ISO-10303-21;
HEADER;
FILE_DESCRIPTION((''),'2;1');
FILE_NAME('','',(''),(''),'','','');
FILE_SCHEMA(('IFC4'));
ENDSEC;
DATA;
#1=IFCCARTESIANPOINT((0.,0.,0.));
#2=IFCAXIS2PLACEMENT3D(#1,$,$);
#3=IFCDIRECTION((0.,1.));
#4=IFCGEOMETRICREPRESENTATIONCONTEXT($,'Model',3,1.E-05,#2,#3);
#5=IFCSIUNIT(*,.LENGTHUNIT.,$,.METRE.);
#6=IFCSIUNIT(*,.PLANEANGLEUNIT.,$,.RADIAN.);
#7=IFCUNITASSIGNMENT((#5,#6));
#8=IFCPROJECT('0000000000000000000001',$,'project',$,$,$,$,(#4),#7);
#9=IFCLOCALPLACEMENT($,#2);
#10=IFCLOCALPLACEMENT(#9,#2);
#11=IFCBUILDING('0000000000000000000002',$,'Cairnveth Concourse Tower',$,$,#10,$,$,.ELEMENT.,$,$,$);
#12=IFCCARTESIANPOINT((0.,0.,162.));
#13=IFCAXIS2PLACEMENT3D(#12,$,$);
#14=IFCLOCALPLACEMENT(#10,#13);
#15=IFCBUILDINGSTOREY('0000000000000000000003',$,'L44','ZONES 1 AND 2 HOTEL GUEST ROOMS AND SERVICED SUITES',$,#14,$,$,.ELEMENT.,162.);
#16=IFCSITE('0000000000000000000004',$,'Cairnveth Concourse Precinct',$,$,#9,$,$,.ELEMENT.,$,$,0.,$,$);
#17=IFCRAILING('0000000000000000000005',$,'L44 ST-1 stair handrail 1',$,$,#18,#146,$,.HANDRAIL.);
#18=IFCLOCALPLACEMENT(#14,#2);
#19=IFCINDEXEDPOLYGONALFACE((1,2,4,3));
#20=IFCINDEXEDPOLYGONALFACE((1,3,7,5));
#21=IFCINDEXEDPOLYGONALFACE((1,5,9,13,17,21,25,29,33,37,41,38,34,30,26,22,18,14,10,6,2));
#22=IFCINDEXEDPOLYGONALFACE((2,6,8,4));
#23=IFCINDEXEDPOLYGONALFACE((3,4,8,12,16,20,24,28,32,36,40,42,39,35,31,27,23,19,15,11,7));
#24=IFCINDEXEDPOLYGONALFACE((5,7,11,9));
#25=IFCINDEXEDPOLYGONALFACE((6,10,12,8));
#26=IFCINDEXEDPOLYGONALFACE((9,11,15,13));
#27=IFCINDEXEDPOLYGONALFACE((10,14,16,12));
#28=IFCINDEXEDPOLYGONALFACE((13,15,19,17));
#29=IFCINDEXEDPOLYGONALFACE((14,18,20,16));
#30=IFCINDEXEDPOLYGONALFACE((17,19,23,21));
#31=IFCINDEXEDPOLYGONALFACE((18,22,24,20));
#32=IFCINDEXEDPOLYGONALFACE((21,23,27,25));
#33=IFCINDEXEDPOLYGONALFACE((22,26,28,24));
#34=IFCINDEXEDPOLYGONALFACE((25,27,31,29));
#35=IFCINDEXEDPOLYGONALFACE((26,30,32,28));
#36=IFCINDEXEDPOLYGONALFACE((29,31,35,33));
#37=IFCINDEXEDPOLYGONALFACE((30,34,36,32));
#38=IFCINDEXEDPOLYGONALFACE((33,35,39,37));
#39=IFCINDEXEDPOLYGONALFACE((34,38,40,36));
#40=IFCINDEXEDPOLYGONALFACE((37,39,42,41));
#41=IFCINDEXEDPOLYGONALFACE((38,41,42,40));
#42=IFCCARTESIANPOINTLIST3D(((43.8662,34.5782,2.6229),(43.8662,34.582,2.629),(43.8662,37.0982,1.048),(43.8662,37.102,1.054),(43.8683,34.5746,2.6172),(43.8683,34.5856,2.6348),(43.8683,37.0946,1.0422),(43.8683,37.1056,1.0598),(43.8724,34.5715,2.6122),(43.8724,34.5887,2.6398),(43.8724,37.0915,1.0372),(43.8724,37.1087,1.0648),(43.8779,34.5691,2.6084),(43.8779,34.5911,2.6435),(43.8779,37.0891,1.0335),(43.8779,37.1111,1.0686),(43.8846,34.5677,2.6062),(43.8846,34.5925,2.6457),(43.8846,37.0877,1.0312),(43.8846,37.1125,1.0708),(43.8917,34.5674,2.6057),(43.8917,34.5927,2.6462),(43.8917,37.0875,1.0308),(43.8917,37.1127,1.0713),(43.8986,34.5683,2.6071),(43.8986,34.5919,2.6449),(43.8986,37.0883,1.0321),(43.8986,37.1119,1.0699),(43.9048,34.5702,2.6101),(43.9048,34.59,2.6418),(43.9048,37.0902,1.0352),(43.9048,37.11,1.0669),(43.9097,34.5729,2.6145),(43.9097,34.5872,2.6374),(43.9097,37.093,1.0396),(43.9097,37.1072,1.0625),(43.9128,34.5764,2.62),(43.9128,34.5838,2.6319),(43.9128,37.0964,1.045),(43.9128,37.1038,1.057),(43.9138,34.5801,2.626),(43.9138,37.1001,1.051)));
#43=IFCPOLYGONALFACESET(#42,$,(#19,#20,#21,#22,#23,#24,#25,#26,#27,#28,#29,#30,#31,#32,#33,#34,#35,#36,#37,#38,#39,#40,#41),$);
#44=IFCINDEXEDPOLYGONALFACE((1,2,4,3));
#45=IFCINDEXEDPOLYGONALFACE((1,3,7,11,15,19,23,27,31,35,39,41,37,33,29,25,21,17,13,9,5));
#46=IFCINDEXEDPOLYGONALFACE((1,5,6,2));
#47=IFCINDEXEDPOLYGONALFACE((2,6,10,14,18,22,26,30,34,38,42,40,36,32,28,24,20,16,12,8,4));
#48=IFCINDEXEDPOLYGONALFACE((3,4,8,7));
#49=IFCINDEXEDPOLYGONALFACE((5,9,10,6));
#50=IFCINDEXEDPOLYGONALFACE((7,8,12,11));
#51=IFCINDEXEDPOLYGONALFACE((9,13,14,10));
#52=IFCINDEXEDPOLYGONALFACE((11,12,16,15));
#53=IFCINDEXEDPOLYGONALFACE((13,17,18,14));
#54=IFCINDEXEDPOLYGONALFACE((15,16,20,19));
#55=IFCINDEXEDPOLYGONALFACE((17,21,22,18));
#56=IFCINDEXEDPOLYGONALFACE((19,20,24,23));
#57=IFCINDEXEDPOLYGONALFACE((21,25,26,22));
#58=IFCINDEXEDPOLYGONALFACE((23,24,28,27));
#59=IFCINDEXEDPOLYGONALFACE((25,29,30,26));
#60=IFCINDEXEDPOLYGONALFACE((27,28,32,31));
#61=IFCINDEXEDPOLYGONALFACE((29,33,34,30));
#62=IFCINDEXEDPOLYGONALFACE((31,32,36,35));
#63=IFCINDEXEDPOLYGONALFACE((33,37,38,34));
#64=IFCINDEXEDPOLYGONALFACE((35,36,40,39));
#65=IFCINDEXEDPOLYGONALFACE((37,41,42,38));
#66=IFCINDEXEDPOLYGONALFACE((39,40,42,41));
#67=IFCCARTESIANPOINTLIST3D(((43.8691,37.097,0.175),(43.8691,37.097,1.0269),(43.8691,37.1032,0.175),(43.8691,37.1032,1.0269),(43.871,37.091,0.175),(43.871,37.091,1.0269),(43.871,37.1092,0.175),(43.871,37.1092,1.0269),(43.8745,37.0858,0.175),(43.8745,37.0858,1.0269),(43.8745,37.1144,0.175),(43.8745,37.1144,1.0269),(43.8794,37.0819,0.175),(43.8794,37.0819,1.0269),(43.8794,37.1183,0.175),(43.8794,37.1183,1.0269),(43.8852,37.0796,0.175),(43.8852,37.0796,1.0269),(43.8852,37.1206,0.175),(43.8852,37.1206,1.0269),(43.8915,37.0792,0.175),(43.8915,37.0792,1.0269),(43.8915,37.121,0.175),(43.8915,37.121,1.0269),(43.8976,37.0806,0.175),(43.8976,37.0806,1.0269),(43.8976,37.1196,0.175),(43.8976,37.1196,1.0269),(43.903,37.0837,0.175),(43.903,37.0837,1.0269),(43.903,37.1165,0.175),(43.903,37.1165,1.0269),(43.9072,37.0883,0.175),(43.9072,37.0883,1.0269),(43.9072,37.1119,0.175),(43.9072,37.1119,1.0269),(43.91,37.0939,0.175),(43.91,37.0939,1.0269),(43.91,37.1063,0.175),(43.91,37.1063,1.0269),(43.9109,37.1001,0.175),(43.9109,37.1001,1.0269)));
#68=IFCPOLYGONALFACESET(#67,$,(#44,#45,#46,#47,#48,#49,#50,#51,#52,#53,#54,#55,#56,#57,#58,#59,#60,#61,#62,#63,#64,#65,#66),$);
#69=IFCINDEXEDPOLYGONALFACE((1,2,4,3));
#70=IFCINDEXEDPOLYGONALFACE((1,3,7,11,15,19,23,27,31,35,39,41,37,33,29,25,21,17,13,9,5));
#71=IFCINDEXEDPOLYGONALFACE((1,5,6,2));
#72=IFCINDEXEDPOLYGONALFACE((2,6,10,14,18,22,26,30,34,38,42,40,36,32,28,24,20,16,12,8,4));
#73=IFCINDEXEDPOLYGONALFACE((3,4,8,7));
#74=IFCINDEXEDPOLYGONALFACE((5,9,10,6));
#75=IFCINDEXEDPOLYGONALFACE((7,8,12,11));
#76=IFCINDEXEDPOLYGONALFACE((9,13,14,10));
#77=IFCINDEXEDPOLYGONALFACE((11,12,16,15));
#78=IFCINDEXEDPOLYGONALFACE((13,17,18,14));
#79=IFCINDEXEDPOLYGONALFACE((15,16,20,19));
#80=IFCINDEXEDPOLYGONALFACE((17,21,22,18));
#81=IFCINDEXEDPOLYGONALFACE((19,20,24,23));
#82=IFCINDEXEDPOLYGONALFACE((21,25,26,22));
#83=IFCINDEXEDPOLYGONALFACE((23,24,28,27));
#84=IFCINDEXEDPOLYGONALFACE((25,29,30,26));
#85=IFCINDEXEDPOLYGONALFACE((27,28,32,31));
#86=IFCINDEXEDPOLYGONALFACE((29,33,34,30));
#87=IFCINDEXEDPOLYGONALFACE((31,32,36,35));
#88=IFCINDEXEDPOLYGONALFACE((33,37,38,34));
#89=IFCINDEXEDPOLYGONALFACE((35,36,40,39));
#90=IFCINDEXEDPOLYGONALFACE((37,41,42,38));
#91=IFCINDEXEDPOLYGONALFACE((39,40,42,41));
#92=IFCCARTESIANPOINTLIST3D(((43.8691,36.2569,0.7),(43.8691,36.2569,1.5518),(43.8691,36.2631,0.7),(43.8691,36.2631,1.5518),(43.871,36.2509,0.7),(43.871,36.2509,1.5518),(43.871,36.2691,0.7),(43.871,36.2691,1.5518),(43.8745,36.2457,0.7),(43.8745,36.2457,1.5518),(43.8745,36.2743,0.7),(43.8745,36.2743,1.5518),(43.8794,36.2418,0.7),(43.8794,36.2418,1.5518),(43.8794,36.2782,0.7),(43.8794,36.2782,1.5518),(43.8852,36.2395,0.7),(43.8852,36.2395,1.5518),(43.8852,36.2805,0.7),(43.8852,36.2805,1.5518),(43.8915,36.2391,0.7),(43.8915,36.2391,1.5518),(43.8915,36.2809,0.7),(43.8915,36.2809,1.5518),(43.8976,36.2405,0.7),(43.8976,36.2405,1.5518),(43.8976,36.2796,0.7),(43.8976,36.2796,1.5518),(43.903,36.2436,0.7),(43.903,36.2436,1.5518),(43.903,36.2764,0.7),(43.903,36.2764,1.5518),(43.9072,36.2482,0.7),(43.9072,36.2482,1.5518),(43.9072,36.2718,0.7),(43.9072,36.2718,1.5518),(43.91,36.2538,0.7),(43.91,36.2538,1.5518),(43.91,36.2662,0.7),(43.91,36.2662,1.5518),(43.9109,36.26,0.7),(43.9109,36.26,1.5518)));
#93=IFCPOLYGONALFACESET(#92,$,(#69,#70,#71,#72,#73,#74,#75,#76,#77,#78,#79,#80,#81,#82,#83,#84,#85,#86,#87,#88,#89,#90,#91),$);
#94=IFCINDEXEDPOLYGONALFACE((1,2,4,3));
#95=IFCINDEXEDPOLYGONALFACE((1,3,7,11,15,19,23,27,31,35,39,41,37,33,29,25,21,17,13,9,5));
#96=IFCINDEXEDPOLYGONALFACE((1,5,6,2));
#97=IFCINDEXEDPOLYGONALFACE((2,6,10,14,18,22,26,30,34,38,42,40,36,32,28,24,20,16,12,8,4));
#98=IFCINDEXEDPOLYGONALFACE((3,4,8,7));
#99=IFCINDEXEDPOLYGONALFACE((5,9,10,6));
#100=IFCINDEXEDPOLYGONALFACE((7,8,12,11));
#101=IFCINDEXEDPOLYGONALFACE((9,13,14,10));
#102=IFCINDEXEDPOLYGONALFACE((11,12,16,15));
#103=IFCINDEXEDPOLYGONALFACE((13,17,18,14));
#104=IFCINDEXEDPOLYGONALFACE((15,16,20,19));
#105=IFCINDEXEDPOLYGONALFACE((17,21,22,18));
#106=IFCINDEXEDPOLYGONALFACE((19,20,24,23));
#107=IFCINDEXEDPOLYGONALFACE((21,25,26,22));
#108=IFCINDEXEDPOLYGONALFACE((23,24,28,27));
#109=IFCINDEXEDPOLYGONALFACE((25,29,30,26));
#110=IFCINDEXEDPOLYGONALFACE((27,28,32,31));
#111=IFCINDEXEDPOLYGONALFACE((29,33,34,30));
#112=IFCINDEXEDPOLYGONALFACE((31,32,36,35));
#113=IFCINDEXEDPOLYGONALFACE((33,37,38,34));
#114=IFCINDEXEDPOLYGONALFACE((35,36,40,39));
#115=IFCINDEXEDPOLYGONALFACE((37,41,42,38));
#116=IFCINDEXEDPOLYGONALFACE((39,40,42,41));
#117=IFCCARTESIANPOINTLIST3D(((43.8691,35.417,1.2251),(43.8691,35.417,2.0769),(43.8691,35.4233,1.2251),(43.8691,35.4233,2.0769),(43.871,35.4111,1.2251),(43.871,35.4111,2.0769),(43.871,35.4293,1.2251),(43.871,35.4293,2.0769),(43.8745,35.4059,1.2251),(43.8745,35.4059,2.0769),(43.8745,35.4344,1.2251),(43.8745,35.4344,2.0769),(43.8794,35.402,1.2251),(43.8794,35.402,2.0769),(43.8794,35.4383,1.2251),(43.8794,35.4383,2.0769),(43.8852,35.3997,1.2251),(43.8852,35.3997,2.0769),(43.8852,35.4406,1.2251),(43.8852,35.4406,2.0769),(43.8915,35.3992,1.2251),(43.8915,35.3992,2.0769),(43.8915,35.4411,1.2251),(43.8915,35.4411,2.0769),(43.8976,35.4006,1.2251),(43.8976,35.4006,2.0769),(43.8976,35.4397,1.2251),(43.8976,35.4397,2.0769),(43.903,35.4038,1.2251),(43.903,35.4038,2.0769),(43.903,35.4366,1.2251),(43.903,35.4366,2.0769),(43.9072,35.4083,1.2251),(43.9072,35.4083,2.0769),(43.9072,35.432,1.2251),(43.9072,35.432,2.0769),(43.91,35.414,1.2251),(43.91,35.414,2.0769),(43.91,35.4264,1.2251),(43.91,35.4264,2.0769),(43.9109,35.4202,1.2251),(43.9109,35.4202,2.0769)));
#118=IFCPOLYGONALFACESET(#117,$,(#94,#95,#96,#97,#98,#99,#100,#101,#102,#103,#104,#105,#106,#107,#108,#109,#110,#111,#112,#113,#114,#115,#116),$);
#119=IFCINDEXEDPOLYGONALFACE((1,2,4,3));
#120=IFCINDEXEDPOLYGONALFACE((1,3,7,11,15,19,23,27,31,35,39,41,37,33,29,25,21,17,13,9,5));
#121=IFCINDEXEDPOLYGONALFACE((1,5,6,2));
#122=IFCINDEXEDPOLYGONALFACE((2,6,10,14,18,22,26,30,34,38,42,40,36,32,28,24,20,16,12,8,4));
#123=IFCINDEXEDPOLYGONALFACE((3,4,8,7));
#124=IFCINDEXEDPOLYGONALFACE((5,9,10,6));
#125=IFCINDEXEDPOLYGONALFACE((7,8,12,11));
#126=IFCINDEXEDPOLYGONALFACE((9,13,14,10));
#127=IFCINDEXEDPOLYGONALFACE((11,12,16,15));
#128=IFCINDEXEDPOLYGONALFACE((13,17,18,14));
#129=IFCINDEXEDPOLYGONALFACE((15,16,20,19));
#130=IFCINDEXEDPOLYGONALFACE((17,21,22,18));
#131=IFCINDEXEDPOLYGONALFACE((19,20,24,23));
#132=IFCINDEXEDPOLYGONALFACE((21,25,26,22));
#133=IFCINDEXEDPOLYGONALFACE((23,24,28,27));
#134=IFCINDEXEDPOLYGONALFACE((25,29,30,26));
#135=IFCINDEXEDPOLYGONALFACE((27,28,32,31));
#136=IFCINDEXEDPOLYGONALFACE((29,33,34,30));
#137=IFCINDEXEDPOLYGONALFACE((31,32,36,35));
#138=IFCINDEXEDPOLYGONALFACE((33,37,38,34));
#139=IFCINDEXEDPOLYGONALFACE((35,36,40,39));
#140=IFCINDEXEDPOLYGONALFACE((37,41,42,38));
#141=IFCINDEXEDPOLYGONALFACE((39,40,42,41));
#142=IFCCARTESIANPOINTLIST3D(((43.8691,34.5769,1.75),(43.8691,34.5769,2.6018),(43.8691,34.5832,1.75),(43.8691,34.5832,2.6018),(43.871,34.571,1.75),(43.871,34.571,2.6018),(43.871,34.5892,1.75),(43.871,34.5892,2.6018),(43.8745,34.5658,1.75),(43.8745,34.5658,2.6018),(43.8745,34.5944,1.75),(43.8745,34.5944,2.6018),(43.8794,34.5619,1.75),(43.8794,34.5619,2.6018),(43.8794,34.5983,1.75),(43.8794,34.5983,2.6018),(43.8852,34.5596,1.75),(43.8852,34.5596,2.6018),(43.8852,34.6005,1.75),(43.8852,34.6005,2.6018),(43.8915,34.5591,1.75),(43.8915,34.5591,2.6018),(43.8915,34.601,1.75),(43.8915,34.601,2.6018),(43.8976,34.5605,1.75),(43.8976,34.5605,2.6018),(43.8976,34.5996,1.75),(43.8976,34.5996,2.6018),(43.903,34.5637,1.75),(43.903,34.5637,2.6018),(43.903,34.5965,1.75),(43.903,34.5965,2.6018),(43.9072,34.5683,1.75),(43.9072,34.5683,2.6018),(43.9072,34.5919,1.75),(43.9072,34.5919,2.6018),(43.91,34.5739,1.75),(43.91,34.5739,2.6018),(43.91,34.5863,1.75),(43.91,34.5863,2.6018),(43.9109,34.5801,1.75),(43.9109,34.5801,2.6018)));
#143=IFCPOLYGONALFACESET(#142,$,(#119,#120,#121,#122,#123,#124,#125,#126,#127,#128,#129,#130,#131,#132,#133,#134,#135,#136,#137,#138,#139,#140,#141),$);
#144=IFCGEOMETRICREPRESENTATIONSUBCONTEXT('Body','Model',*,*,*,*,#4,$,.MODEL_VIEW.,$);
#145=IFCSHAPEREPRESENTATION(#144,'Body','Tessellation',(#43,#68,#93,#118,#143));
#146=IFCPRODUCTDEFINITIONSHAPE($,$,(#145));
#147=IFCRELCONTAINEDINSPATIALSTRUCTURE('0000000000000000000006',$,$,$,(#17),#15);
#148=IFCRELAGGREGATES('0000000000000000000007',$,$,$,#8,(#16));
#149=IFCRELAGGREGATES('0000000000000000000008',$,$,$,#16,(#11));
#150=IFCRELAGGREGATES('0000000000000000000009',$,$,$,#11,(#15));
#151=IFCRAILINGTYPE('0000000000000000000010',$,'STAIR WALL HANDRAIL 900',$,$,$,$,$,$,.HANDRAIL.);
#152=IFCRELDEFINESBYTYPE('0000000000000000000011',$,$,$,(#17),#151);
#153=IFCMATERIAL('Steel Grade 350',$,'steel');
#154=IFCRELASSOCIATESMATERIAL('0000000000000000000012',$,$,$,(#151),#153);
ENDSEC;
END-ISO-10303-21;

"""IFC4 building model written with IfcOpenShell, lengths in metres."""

from ifc_helpers import new_model, si_unit, direction, frame, origin, origin_2d, place, context, subcontext, project, spatial, circle, extrude, material, type_object, element, save


model = new_model("IFC4")

# Units and contexts
model_context = context("Model", 3, precision=1e-05, world=origin(), true_north=direction((0.0, 1.0)))
body_context = subcontext(model_context, "Body", "Model", "MODEL_VIEW")
ifc_project = project(units=[si_unit("LENGTHUNIT", "METRE"), si_unit("PLANEANGLEUNIT", "RADIAN")], contexts=[model_context])

# Site, building, storey
site_placement = place(None, origin())
site = spatial("IfcSite", under=ifc_project, at=site_placement, Name="Cairnveth Concourse Precinct", CompositionType="ELEMENT", RefElevation=0.0)
building_placement = place(site_placement, origin())
building = spatial("IfcBuilding", under=site, at=building_placement, Name="Cairnveth Concourse Tower", CompositionType="ELEMENT")
storey_placement = place(building_placement, frame((0.0, 0.0, 162.0)))
storey = spatial("IfcBuildingStorey", under=building, at=storey_placement, Name="L44", Description="ZONES 1 AND 2 HOTEL GUEST ROOMS AND SERVICED SUITES", CompositionType="ELEMENT", Elevation=162.0)

# Shared definitions
ifc_material_1 = material(Name="Steel Grade 350", Category="steel")

# Railing
railing_type = type_object("IfcRailingType", Name="STAIR WALL HANDRAIL 900", PredefinedType="HANDRAIL", material=ifc_material_1)
railing_placement = place(storey_placement, frame((43.8899, 37.1001, 0.175)))
element("IfcRailing", 1, at=railing_placement, inside=storey, type_object=railing_type, Name="L44 ST-1 stair handrail 1", PredefinedType="HANDRAIL", context=body_context, shape_type="SweptSolid", body=[
    extrude(circle(Radius=0.0239, at=origin_2d()), frame((0.0, 0.0, 0.876), z_axis=(0.0, -0.848008, 0.529984), x_axis=(1.0, 0.0, 0.0)), (0.0, 0.0, 1.0), 2.9717),
    extrude(circle(Radius=0.021, at=origin_2d()), origin(), (0.0, 0.0, 1.0), 0.8518),
    extrude(circle(Radius=0.021, at=origin_2d()), frame((0.0, -0.8401, 0.5249)), (0.0, 0.0, 1.0), 0.8518),
    extrude(circle(Radius=0.021, at=origin_2d()), frame((0.0, -1.6799, 1.05)), (0.0, 0.0, 1.0), 0.8518),
    extrude(circle(Radius=0.021, at=origin_2d()), frame((0.0, -2.52, 1.575)), (0.0, 0.0, 1.0), 0.8518),
])

save(model, "model.ifc")
